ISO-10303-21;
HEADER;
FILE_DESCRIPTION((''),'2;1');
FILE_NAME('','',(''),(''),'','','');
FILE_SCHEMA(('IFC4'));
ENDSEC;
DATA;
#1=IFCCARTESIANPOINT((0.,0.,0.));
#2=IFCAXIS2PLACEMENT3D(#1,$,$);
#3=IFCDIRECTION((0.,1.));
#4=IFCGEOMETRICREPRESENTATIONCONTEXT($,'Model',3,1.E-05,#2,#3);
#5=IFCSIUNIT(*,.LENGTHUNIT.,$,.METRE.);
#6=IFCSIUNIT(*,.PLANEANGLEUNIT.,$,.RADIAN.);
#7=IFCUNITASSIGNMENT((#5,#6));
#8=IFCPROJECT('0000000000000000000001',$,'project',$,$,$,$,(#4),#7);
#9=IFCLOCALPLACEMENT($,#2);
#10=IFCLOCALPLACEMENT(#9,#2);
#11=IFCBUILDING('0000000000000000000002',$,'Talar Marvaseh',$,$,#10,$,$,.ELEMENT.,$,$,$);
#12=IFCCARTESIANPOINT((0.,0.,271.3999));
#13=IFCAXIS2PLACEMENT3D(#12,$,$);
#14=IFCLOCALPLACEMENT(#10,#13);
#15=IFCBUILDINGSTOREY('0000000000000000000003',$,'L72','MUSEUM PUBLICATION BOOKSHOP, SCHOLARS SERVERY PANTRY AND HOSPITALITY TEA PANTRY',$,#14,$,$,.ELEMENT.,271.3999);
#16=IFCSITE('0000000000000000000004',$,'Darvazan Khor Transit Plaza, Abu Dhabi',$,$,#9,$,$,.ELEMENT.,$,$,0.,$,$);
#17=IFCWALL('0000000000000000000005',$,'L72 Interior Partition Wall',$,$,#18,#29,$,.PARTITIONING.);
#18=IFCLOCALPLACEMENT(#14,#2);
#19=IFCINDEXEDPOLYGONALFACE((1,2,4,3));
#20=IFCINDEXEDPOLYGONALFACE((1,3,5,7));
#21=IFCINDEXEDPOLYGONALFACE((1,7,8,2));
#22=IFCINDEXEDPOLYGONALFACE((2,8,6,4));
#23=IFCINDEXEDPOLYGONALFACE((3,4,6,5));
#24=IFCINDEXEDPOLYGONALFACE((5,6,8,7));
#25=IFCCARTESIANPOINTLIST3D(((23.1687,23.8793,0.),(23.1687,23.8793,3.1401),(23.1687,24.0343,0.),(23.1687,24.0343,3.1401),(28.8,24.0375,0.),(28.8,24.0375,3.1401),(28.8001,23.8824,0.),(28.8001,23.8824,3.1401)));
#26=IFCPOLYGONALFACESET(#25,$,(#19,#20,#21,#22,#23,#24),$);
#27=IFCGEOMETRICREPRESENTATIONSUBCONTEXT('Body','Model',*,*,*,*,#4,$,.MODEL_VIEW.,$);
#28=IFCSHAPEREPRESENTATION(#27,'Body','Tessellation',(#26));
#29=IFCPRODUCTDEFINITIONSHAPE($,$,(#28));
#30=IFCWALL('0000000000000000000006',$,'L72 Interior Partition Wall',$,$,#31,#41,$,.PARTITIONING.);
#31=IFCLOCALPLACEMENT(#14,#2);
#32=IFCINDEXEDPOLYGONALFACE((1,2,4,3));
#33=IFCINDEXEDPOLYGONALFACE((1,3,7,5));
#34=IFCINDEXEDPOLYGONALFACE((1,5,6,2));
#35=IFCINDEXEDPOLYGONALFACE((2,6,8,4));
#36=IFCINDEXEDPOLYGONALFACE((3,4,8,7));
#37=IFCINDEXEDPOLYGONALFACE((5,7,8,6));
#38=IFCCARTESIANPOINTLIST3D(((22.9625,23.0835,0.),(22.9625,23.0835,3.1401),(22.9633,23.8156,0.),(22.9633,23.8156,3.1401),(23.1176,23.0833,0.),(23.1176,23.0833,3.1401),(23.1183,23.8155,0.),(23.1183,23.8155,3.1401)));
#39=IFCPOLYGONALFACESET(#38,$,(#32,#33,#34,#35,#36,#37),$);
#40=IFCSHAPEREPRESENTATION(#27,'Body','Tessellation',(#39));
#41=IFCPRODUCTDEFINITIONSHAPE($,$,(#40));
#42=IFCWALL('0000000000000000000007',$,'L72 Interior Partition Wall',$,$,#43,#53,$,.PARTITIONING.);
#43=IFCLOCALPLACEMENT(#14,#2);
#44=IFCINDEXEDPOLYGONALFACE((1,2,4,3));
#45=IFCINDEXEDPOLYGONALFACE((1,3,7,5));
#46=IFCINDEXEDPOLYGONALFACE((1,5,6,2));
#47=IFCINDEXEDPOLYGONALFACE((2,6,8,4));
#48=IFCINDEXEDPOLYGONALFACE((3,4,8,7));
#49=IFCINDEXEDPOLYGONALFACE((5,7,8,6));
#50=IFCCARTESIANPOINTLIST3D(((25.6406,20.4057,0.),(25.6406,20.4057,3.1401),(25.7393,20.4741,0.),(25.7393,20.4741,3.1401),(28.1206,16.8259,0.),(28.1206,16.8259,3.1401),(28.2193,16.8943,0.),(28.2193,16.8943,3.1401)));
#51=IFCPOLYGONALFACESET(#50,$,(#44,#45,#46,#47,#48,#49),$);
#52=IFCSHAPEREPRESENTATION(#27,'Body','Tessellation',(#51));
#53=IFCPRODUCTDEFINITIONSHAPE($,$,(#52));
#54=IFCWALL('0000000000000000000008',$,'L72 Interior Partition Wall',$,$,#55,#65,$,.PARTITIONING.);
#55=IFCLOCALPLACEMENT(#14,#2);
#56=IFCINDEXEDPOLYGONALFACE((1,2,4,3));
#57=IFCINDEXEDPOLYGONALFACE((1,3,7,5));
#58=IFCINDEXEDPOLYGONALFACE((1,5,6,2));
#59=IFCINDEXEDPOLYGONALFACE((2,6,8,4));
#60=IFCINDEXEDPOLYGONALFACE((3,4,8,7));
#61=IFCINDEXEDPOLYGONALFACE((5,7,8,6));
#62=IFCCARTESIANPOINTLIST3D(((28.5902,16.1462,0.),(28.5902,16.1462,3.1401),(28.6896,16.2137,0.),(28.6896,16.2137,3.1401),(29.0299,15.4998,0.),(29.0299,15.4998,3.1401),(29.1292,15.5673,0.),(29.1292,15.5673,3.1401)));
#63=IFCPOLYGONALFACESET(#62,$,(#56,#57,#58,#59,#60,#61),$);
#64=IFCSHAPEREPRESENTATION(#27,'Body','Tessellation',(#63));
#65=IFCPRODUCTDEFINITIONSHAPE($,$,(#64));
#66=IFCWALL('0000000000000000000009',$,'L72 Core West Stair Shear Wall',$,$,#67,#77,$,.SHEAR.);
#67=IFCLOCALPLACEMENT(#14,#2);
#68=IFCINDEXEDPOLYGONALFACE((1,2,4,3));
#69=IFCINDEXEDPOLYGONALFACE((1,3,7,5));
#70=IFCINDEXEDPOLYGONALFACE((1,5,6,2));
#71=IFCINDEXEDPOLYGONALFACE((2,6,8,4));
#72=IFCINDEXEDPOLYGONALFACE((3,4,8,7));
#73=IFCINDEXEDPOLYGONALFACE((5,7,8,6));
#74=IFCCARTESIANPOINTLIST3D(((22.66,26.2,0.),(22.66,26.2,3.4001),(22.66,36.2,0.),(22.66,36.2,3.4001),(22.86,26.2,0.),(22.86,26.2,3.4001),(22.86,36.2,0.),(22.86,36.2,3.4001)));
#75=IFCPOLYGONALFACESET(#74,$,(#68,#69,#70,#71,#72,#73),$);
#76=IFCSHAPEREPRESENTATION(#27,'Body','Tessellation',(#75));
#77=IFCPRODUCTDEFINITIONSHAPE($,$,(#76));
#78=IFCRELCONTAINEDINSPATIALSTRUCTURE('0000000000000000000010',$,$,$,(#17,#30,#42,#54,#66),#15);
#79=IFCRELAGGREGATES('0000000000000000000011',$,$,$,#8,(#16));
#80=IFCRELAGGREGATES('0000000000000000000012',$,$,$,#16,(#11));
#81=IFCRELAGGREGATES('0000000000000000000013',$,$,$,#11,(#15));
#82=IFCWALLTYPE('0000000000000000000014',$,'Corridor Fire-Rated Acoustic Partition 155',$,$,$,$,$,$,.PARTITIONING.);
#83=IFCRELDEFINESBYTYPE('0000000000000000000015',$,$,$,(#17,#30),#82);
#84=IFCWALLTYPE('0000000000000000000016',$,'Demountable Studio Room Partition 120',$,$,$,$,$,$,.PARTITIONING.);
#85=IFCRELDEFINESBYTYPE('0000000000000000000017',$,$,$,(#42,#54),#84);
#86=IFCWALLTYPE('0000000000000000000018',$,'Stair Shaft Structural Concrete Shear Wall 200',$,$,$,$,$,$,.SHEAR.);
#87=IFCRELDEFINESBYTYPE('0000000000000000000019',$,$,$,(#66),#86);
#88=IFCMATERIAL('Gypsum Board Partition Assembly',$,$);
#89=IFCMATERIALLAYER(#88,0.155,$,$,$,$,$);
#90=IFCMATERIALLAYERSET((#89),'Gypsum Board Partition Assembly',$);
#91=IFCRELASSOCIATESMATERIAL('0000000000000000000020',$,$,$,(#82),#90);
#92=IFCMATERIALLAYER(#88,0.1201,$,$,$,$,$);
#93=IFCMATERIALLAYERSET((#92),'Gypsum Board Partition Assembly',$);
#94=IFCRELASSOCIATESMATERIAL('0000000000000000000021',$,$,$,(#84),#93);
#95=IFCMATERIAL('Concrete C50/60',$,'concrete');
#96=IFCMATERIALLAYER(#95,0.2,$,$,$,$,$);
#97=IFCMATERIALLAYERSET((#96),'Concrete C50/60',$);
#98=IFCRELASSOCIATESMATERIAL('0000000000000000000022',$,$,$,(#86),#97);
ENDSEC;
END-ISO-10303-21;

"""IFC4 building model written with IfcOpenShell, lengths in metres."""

from ifc_helpers import new_model, si_unit, direction, frame, frame_2d, origin, place, context, subcontext, project, spatial, rectangle, extrude, material, layer, layer_set, type_object, element, save


model = new_model("IFC4")

# Units and contexts
model_context = context("Model", 3, precision=1e-05, world=origin(), true_north=direction((0.0, 1.0)))
body_context = subcontext(model_context, "Body", "Model", "MODEL_VIEW")
ifc_project = project(units=[si_unit("LENGTHUNIT", "METRE"), si_unit("PLANEANGLEUNIT", "RADIAN")], contexts=[model_context])

# Site, building, storey
site_placement = place(None, origin())
site = spatial("IfcSite", under=ifc_project, at=site_placement, Name="Darvazan Khor Transit Plaza, Abu Dhabi", CompositionType="ELEMENT", RefElevation=0.0)
building_placement = place(site_placement, origin())
building = spatial("IfcBuilding", under=site, at=building_placement, Name="Talar Marvaseh", CompositionType="ELEMENT")
storey_placement = place(building_placement, frame((0.0, 0.0, 271.3999)))
storey = spatial("IfcBuildingStorey", under=building, at=storey_placement, Name="L72", Description="MUSEUM PUBLICATION BOOKSHOP, SCHOLARS SERVERY PANTRY AND HOSPITALITY TEA PANTRY", CompositionType="ELEMENT", Elevation=271.3999)

# Shared definitions
ifc_material_1 = material(Name="Concrete C50/60", Category="concrete")

# Shared definitions
ifc_material_2 = material(Name="Gypsum Board Partition Assembly")
ifc_layer_1 = layer(ifc_material_2, 0.155)
ifc_layer_set_1 = layer_set([ifc_layer_1], Name="Gypsum Board Partition Assembly")
wall_type_1 = type_object("IfcWallType", Name="Corridor Fire-Rated Acoustic Partition 155", PredefinedType="PARTITIONING", material=ifc_layer_set_1)

# Walls
wall_1_placement = place(storey_placement, frame((28.8, 23.96, 0.0), z_axis=(0.0, 0.0, 1.0), x_axis=(-1.0, -0.000564, 0.0)))
element("IfcWall", 1, at=wall_1_placement, inside=storey, type_object=wall_type_1, Name="L72 Interior Partition Wall", PredefinedType="PARTITIONING", context=body_context, shape_type="SweptSolid", body=[
    extrude(rectangle(XDim=5.6313, YDim=0.155, at=frame_2d((2.8157, 0.0))), origin(), (0.0, 0.0, 1.0), 3.1401),
])
wall_2_placement = place(storey_placement, frame((23.0408, 23.8157, 0.0), z_axis=(0.0, 0.0, 1.0), x_axis=(-0.001, -0.999999, 0.0)))
element("IfcWall", 2, at=wall_2_placement, inside=storey, type_object=wall_type_1, Name="L72 Interior Partition Wall", PredefinedType="PARTITIONING", context=body_context, shape_type="SweptSolid", body=[
    extrude(rectangle(XDim=0.7322, YDim=0.155, at=frame_2d((0.3662, 0.0))), origin(), (0.0, 0.0, 1.0), 3.1401),
])
ifc_layer_2 = layer(ifc_material_2, 0.1201)
ifc_layer_set_2 = layer_set([ifc_layer_2], Name="Gypsum Board Partition Assembly")
wall_type_2 = type_object("IfcWallType", Name="Demountable Studio Room Partition 120", PredefinedType="PARTITIONING", material=ifc_layer_set_2)
wall_3_placement = place(storey_placement, frame((25.6899, 20.4399, 0.0), z_axis=(0.0, 0.0, 1.0), x_axis=(0.569464, -0.822017, 0.0)))
element("IfcWall", 3, at=wall_3_placement, inside=storey, type_object=wall_type_2, Name="L72 Interior Partition Wall", PredefinedType="PARTITIONING", context=body_context, shape_type="SweptSolid", body=[
    extrude(rectangle(XDim=4.355, YDim=0.1201, at=frame_2d((2.1775, 0.0))), origin(), (0.0, 0.0, 1.0), 3.1401),
])
wall_4_placement = place(storey_placement, frame((28.6399, 16.1799, 0.0), z_axis=(0.0, 0.0, 1.0), x_axis=(0.562387, -0.826874, 0.0)))
element("IfcWall", 4, at=wall_4_placement, inside=storey, type_object=wall_type_2, Name="L72 Interior Partition Wall", PredefinedType="PARTITIONING", context=body_context, shape_type="SweptSolid", body=[
    extrude(rectangle(XDim=0.7817, YDim=0.1201, at=frame_2d((0.3909, 0.0))), origin(), (0.0, 0.0, 1.0), 3.1401),
])
ifc_layer_3 = layer(ifc_material_1, 0.2)
ifc_layer_set_3 = layer_set([ifc_layer_3], Name="Concrete C50/60")
wall_type_3 = type_object("IfcWallType", Name="Stair Shaft Structural Concrete Shear Wall 200", PredefinedType="SHEAR", material=ifc_layer_set_3)
wall_5_placement = place(storey_placement, frame((22.76, 26.2, 0.0), z_axis=(0.0, 0.0, 1.0), x_axis=(0.0, 1.0, 0.0)))
element("IfcWall", 5, at=wall_5_placement, inside=storey, type_object=wall_type_3, Name="L72 Core West Stair Shear Wall", PredefinedType="SHEAR", context=body_context, shape_type="SweptSolid", body=[
    extrude(rectangle(XDim=10.0, YDim=0.2, at=frame_2d((5.0, 0.0))), origin(), (0.0, 0.0, 1.0), 3.4001),
])

save(model, "model.ifc")
